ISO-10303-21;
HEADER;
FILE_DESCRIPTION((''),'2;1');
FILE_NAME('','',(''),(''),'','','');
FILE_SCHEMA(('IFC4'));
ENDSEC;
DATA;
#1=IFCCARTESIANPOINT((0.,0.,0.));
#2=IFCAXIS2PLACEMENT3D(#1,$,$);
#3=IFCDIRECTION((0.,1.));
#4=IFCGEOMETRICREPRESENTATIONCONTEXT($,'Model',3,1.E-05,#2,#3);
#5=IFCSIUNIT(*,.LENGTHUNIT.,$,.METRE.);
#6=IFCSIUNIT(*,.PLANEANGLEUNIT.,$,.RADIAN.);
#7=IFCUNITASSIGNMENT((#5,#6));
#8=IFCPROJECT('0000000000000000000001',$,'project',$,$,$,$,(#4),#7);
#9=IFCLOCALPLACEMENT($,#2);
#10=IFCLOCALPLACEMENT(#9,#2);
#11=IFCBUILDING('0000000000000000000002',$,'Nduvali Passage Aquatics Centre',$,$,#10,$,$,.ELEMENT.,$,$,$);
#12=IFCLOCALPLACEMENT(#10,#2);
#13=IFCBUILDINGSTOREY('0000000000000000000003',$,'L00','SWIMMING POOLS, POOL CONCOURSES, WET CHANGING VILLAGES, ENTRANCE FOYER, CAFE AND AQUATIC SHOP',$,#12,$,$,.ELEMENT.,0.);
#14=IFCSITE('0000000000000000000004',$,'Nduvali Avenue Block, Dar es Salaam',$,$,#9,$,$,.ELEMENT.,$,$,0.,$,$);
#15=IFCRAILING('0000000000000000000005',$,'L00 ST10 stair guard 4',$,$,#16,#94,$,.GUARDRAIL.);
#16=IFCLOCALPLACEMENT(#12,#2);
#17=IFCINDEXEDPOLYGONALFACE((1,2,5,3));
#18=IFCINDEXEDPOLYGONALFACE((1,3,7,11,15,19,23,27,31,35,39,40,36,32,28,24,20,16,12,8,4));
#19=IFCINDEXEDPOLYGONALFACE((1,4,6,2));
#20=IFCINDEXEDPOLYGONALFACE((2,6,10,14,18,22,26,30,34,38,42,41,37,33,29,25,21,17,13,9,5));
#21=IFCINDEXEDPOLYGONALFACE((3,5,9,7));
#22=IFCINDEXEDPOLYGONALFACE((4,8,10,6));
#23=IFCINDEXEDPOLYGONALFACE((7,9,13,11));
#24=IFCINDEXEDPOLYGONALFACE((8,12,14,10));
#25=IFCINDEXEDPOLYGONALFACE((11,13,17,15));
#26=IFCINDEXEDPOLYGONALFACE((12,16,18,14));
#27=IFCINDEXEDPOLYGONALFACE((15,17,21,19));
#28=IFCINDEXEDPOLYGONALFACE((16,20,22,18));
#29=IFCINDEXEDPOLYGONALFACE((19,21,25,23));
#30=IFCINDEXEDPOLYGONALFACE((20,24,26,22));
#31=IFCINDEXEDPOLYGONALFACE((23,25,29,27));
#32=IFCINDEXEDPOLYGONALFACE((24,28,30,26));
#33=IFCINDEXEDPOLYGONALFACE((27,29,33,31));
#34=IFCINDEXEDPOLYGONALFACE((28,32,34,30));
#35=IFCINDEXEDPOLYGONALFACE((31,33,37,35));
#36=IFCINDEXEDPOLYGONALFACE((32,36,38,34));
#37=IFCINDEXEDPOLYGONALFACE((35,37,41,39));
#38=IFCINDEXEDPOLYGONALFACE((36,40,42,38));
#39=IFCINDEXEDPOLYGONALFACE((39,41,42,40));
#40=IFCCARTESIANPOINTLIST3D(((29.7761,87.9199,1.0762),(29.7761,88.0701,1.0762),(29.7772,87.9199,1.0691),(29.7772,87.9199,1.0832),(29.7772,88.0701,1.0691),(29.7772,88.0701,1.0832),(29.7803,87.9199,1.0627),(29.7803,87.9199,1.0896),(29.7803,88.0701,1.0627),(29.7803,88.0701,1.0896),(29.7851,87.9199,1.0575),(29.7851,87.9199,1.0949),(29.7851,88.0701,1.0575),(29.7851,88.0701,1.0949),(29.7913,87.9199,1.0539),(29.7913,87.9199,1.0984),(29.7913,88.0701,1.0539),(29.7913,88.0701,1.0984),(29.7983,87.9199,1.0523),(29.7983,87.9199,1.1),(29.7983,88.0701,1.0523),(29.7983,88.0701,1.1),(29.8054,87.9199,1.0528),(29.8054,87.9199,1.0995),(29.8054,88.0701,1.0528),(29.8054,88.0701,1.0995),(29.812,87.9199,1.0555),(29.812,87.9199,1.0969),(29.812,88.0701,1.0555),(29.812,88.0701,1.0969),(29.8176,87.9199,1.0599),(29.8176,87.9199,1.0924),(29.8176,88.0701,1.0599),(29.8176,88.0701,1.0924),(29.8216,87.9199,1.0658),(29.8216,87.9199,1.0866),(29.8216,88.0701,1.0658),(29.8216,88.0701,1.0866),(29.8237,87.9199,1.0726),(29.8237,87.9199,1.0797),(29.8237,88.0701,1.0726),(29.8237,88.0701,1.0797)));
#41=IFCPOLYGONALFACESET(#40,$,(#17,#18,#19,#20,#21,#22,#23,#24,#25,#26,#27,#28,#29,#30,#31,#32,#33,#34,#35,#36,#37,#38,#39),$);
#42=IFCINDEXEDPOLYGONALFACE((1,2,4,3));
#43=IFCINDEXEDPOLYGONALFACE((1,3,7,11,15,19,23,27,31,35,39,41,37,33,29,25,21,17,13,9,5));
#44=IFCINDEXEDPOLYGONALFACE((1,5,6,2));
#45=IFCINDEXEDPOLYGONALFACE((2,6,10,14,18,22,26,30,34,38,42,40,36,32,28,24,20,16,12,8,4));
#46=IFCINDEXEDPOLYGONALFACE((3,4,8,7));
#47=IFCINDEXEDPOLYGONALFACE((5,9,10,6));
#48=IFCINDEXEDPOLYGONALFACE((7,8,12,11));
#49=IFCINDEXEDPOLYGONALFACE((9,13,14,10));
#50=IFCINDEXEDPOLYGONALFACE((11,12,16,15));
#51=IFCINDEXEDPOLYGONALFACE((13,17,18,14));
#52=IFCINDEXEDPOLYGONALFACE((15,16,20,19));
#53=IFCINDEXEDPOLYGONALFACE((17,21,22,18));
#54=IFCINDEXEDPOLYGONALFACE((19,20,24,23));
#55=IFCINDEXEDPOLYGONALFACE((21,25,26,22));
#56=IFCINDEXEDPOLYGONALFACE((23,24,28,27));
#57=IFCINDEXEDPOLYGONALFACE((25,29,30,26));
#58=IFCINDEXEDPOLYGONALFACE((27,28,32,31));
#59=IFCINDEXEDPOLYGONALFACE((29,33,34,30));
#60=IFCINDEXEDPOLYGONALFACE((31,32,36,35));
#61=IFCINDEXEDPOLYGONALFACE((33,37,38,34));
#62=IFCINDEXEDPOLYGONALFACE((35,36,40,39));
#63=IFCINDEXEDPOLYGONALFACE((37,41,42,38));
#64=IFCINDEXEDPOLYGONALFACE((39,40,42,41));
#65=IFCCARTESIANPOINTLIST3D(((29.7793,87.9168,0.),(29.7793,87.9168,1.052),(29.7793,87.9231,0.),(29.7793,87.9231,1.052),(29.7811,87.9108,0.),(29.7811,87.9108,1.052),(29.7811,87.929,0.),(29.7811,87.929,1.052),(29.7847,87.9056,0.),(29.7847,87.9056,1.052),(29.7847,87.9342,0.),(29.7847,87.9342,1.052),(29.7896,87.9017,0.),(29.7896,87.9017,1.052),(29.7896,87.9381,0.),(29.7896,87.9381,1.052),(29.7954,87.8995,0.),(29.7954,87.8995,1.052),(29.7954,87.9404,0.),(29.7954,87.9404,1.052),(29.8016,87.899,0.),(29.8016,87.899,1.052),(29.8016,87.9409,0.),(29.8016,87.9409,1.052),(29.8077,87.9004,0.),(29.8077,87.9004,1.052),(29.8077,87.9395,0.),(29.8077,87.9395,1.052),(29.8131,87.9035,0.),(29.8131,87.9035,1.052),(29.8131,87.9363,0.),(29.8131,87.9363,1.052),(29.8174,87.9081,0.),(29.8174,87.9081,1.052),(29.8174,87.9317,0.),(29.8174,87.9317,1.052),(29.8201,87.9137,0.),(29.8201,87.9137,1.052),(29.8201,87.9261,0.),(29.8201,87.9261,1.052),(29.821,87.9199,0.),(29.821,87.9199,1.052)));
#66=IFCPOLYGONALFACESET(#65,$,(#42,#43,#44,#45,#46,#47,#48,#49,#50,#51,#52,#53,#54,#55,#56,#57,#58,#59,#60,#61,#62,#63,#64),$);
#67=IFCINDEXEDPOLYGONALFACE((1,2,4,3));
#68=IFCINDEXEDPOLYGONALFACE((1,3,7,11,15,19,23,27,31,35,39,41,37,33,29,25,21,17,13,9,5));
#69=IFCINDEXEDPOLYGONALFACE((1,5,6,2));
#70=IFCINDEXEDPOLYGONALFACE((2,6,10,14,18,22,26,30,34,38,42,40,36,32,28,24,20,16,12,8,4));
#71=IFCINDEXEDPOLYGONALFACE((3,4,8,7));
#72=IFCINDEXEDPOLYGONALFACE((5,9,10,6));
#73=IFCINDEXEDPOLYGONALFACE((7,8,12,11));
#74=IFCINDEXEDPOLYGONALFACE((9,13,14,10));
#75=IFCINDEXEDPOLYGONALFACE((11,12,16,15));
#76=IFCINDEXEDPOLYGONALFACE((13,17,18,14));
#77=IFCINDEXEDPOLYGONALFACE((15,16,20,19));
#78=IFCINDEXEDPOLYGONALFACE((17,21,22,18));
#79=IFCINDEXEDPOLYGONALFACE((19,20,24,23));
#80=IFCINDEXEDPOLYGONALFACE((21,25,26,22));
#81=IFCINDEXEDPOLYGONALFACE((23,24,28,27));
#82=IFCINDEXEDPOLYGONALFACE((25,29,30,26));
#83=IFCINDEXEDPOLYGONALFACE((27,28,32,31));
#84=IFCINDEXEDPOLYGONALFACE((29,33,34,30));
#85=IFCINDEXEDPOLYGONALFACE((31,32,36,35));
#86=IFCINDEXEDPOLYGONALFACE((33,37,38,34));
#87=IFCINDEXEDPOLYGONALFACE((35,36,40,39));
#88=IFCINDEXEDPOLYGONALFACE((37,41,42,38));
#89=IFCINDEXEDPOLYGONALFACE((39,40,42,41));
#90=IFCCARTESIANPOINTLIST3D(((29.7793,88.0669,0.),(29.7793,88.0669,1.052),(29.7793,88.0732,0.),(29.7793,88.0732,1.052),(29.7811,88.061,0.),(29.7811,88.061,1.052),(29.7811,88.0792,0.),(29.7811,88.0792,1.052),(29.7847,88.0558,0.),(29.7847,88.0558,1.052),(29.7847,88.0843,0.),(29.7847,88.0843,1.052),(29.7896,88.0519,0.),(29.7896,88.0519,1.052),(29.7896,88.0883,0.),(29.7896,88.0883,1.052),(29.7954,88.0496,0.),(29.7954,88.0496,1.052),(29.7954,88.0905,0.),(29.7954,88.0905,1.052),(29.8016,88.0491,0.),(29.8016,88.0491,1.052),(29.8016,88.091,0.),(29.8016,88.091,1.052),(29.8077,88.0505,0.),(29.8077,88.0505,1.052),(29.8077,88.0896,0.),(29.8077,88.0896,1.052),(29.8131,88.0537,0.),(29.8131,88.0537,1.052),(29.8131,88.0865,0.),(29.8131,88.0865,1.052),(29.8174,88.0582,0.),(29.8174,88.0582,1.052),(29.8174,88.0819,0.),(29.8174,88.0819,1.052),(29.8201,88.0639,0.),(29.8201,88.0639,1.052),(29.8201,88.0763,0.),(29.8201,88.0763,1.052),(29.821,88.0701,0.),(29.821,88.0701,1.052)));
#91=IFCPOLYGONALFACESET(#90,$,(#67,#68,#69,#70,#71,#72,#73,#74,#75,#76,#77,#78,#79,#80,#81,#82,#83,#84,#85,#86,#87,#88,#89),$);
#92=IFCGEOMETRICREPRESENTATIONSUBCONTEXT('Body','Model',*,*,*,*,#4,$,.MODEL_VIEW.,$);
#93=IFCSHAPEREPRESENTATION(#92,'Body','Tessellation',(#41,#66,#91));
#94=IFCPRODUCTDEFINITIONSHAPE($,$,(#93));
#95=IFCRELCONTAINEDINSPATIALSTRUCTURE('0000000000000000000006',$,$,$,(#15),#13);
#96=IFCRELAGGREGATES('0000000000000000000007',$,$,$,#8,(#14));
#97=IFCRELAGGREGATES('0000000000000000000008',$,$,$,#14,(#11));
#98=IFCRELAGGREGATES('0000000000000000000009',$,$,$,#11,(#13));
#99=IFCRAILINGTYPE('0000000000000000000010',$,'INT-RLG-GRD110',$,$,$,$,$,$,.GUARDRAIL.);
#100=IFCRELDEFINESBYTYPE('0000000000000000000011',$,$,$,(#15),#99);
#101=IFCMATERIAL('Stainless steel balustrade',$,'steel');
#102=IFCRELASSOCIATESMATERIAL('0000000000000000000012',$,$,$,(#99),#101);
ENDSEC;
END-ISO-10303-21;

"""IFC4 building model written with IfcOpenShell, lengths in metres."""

from ifc_helpers import new_model, si_unit, direction, frame, origin, origin_2d, place, context, subcontext, project, spatial, circle, extrude, material, type_object, element, save


model = new_model("IFC4")

# Units and contexts
model_context = context("Model", 3, precision=1e-05, world=origin(), true_north=direction((0.0, 1.0)))
body_context = subcontext(model_context, "Body", "Model", "MODEL_VIEW")
ifc_project = project(units=[si_unit("LENGTHUNIT", "METRE"), si_unit("PLANEANGLEUNIT", "RADIAN")], contexts=[model_context])

# Site, building, storey
site_placement = place(None, origin())
site = spatial("IfcSite", under=ifc_project, at=site_placement, Name="Nduvali Avenue Block, Dar es Salaam", CompositionType="ELEMENT", RefElevation=0.0)
building_placement = place(site_placement, origin())
building = spatial("IfcBuilding", under=site, at=building_placement, Name="Nduvali Passage Aquatics Centre", CompositionType="ELEMENT")
storey_placement = place(building_placement, origin())
storey = spatial("IfcBuildingStorey", under=building, at=storey_placement, Name="L00", Description="SWIMMING POOLS, POOL CONCOURSES, WET CHANGING VILLAGES, ENTRANCE FOYER, CAFE AND AQUATIC SHOP", CompositionType="ELEMENT", Elevation=0.0)

# Railing
ifc_material_1 = material(Name="Stainless steel balustrade", Category="steel")
railing_type_1 = type_object("IfcRailingType", Name="INT-RLG-GRD110", PredefinedType="GUARDRAIL", material=ifc_material_1)
railing_1_placement = place(storey_placement, frame((29.8, 87.9199, 0.0)))
element("IfcRailing", 1, at=railing_1_placement, inside=storey, type_object=railing_type_1, Name="L00 ST10 stair guard 4", PredefinedType="GUARDRAIL", context=body_context, shape_type="SweptSolid", body=[
    extrude(circle(Radius=0.0239, at=origin_2d()), frame((0.0, 0.0, 1.0762), z_axis=(0.0, 1.0, 0.0), x_axis=(-1.0, 0.0, 0.0)), (0.0, 0.0, 1.0), 0.1501),
    extrude(circle(Radius=0.021, at=origin_2d()), origin(), (0.0, 0.0, 1.0), 1.052),
    extrude(circle(Radius=0.021, at=origin_2d()), frame((0.0, 0.1501, 0.0)), (0.0, 0.0, 1.0), 1.052),
])

save(model, "model.ifc")
